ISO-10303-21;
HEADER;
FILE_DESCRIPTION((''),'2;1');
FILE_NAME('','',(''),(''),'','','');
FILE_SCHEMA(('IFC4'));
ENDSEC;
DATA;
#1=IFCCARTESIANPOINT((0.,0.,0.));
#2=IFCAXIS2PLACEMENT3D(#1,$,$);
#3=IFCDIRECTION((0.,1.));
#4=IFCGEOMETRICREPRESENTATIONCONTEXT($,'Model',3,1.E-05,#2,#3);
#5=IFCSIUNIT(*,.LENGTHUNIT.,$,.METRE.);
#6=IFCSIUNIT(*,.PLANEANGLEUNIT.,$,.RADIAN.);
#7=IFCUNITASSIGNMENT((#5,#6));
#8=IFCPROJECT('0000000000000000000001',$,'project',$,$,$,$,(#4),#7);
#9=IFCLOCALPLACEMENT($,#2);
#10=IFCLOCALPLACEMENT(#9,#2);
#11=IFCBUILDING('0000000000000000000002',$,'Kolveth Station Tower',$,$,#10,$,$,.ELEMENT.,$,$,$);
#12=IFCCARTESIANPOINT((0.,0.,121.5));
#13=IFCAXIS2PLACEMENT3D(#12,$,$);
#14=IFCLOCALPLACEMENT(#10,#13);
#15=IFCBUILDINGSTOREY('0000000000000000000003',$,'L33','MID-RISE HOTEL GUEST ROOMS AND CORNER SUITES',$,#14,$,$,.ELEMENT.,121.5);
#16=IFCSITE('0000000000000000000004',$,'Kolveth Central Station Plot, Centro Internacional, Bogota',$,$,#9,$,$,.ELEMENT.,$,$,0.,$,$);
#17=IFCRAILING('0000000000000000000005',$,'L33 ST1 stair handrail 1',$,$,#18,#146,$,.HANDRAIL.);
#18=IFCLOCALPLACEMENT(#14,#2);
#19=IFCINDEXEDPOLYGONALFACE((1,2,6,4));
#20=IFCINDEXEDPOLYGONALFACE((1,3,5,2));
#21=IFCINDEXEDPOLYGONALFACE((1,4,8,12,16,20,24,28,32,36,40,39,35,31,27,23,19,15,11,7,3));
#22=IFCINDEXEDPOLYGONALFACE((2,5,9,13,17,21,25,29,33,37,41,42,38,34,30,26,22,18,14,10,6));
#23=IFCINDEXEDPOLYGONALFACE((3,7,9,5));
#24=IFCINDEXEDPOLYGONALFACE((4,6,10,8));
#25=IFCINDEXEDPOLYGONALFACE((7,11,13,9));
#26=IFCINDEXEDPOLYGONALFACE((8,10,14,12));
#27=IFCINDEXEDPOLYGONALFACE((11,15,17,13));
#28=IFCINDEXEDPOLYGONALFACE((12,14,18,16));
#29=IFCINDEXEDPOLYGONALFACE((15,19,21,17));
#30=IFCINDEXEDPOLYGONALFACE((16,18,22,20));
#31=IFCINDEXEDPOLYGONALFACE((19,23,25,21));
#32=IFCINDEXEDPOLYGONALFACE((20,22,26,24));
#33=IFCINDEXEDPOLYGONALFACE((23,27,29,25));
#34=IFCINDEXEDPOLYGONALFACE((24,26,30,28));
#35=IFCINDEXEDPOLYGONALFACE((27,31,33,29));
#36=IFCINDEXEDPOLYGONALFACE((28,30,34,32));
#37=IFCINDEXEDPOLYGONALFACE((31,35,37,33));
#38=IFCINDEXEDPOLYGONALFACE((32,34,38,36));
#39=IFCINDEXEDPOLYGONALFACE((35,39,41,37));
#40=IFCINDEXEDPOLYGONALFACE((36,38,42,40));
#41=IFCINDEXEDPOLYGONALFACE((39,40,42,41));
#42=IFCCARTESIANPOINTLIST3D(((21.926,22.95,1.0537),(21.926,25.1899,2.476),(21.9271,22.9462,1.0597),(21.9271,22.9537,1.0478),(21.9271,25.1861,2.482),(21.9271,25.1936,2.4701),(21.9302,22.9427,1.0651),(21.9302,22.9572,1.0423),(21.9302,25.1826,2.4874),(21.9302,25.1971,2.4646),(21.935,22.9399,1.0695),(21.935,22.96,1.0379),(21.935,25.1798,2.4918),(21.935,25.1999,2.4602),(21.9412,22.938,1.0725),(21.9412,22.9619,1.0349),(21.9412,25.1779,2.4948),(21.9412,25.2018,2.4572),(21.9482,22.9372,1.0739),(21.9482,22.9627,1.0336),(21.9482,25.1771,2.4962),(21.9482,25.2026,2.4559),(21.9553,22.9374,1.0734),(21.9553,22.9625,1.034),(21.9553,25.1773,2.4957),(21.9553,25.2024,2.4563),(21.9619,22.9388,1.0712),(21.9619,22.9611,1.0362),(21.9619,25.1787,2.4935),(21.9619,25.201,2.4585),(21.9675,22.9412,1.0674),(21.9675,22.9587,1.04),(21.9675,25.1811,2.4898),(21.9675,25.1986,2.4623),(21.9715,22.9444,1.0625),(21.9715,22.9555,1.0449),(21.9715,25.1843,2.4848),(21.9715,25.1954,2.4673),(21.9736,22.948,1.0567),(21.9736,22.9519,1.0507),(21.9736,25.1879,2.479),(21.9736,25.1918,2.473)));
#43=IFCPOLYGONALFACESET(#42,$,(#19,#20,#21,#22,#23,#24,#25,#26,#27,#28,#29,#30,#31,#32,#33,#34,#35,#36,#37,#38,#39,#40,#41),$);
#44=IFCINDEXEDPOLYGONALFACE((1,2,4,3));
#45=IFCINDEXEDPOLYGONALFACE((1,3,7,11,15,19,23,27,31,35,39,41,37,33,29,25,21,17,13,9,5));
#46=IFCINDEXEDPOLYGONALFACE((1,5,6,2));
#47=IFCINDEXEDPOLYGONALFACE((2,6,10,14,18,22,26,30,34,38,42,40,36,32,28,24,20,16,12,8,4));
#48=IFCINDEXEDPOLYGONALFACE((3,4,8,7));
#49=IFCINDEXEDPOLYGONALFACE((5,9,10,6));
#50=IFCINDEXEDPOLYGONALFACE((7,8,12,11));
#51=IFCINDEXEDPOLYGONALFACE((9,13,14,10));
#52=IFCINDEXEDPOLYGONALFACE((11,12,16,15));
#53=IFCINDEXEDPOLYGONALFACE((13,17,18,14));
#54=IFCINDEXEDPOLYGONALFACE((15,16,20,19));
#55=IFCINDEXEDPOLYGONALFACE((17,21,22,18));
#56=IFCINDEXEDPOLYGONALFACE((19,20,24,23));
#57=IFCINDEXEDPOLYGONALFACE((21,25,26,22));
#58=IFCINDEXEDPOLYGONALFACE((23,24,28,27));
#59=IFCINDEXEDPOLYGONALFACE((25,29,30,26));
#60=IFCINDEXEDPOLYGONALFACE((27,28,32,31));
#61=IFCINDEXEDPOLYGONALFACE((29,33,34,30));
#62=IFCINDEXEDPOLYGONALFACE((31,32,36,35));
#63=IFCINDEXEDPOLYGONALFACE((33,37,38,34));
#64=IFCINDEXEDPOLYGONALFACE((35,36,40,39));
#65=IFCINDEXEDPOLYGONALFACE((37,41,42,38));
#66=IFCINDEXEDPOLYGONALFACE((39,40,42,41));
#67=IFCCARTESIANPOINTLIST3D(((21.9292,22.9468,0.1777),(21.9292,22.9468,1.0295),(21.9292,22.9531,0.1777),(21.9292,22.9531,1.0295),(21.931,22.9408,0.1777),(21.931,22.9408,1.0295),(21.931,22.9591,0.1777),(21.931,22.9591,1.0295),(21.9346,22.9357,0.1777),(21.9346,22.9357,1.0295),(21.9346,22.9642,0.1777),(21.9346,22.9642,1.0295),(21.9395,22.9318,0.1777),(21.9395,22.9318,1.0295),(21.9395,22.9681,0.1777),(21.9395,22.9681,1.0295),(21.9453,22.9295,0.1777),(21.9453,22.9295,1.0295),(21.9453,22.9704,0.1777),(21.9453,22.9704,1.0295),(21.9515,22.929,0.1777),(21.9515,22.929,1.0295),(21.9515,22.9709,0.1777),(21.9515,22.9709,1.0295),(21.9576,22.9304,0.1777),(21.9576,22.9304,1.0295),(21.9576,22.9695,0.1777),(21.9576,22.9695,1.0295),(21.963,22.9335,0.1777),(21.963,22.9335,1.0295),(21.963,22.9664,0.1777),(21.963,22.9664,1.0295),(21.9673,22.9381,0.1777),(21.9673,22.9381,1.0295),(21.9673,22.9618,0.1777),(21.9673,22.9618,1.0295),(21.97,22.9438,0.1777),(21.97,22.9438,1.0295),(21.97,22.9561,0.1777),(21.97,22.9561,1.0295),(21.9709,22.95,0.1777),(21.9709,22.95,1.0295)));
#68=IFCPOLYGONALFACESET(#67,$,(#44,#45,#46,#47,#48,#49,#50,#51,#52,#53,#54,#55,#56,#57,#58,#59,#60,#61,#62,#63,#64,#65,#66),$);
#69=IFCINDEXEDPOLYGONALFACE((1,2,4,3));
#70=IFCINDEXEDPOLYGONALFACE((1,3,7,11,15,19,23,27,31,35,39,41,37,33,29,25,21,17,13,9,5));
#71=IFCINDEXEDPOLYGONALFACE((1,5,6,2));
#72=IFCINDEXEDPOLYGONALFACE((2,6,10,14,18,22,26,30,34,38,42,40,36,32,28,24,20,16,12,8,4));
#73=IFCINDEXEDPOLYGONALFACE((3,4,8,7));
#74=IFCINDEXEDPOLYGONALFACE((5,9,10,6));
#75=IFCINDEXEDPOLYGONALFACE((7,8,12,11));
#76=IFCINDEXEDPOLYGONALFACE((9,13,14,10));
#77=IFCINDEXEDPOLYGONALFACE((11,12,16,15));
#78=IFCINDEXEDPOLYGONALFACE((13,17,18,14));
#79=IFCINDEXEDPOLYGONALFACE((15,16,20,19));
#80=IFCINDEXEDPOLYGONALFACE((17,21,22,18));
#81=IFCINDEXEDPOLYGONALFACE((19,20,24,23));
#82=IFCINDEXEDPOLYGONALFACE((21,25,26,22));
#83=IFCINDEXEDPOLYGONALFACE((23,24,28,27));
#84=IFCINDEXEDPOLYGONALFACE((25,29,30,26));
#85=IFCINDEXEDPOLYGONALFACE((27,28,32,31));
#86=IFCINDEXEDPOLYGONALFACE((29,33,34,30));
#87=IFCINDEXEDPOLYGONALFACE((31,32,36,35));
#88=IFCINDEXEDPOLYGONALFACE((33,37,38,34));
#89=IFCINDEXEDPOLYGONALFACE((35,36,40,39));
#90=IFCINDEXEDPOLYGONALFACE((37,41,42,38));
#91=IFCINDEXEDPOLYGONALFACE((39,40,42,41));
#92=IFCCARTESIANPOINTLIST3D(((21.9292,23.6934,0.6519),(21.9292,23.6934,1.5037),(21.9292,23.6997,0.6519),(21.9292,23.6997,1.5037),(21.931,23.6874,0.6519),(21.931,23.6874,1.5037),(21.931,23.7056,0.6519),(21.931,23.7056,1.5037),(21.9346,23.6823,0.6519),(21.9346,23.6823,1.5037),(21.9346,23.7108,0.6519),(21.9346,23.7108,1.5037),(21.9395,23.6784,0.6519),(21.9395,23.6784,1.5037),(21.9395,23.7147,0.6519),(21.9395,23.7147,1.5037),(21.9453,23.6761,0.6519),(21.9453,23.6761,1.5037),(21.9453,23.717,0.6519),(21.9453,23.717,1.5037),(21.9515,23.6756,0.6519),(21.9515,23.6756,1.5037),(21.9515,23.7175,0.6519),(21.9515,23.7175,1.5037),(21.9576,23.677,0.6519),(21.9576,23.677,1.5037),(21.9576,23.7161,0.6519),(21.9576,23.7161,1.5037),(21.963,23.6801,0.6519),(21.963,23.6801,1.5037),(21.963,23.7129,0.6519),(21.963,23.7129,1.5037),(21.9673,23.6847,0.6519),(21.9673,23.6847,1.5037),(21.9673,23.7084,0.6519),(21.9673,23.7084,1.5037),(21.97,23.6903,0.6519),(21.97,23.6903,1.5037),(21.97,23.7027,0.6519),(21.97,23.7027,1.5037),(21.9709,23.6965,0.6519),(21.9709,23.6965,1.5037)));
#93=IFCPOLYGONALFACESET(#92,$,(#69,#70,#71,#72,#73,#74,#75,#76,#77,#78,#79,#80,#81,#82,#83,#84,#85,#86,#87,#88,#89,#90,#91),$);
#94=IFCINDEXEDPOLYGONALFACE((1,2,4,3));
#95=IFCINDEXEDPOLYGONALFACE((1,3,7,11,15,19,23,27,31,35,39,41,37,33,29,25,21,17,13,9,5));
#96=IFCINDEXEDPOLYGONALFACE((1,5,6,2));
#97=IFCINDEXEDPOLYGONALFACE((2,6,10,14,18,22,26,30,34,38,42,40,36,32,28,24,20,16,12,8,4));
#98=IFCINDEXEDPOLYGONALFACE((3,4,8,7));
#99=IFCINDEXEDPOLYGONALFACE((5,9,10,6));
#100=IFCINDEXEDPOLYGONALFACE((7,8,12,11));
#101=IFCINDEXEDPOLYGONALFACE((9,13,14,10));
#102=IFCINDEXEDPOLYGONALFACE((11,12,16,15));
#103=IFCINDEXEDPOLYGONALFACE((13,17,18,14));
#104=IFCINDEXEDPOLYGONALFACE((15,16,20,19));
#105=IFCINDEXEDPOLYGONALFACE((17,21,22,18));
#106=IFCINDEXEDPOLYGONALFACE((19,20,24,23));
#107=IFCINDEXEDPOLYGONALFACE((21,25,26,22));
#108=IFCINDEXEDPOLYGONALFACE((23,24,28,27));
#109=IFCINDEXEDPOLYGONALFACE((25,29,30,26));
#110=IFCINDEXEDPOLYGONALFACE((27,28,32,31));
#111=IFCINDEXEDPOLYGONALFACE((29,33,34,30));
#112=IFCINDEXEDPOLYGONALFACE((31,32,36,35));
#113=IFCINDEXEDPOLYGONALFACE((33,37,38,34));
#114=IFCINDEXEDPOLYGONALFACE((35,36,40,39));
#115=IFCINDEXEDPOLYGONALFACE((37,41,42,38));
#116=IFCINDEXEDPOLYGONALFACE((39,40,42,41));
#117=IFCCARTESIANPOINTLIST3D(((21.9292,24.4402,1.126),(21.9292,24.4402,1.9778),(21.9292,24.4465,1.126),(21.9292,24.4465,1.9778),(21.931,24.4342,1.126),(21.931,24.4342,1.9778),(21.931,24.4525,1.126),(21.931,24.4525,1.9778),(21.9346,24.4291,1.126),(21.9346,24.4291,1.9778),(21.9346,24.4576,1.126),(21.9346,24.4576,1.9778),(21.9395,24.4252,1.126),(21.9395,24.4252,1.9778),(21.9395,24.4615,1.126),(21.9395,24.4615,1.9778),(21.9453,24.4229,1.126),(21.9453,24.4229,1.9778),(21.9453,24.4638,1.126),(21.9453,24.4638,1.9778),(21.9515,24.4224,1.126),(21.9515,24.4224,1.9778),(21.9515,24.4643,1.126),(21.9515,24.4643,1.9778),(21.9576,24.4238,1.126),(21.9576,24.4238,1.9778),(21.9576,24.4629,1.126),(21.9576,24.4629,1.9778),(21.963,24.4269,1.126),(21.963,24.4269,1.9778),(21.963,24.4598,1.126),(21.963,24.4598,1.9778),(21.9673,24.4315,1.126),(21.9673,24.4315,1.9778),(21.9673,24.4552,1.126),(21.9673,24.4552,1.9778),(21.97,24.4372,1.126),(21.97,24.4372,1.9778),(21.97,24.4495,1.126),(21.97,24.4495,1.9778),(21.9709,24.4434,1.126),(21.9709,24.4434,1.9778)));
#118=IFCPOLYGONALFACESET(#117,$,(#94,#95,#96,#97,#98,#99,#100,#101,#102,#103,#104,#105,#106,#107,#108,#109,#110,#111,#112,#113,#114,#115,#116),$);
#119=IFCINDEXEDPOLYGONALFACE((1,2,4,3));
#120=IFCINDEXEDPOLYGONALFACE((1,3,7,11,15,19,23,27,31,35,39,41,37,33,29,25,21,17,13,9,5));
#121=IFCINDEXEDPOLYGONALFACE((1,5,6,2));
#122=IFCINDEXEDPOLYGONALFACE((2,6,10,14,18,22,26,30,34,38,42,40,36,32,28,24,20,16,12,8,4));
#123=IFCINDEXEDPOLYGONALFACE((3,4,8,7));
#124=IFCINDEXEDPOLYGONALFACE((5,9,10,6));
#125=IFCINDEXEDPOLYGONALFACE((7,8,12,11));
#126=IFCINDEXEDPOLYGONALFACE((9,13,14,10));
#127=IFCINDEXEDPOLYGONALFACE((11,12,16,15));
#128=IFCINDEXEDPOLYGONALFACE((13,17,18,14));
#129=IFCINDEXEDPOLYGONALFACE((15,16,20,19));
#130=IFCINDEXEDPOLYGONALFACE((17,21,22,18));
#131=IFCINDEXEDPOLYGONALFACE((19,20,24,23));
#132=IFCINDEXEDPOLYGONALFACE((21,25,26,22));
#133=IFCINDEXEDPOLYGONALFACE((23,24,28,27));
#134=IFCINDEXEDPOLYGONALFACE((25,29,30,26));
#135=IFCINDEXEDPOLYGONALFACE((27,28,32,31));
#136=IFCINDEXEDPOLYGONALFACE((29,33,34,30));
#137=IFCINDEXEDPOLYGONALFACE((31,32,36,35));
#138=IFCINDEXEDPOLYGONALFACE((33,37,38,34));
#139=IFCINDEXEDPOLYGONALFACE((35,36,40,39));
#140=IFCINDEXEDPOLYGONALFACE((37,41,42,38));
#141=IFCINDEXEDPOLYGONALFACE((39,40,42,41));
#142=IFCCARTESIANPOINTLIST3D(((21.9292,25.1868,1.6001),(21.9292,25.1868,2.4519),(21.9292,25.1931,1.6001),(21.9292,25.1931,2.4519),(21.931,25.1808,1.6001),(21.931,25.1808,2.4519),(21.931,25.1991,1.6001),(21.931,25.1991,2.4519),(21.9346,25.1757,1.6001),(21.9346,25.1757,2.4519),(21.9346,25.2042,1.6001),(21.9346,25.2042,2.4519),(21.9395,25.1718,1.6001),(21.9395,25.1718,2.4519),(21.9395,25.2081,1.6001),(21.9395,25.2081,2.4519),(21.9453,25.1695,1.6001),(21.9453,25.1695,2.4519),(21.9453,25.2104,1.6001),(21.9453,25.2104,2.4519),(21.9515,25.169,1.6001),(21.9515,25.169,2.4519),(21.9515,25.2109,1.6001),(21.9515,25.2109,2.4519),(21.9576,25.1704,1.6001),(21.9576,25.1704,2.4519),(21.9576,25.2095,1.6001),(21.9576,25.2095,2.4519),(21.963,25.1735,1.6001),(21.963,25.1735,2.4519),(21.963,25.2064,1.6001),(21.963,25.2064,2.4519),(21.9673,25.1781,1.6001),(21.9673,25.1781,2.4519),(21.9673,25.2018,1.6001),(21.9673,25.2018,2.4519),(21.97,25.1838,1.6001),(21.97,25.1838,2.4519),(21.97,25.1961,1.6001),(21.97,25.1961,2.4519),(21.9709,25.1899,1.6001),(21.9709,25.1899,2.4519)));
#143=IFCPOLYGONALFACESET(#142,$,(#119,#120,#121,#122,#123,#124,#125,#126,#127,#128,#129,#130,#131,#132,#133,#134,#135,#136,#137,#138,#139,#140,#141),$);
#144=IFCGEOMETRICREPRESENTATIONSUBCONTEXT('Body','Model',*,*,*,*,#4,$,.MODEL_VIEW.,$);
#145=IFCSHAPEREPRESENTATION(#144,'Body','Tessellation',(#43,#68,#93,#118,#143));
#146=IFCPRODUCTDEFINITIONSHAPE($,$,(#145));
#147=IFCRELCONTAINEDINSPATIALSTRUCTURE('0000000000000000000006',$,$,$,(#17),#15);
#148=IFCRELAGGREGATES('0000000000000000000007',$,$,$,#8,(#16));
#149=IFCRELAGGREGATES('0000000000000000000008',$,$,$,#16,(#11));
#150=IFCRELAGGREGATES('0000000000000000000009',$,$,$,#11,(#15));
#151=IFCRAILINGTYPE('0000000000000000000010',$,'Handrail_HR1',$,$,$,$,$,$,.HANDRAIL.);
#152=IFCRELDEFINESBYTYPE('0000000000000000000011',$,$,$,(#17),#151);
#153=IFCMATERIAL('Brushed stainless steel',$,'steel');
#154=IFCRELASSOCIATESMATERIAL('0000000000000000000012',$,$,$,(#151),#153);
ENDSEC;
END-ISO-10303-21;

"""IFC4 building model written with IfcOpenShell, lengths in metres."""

from ifc_helpers import new_model, si_unit, direction, frame, origin, origin_2d, place, context, subcontext, project, spatial, circle, extrude, material, type_object, element, save


model = new_model("IFC4")

# Units and contexts
model_context = context("Model", 3, precision=1e-05, world=origin(), true_north=direction((0.0, 1.0)))
body_context = subcontext(model_context, "Body", "Model", "MODEL_VIEW")
ifc_project = project(units=[si_unit("LENGTHUNIT", "METRE"), si_unit("PLANEANGLEUNIT", "RADIAN")], contexts=[model_context])

# Site, building, storey
site_placement = place(None, origin())
site = spatial("IfcSite", under=ifc_project, at=site_placement, Name="Kolveth Central Station Plot, Centro Internacional, Bogota", CompositionType="ELEMENT", RefElevation=0.0)
building_placement = place(site_placement, origin())
building = spatial("IfcBuilding", under=site, at=building_placement, Name="Kolveth Station Tower", CompositionType="ELEMENT")
storey_placement = place(building_placement, frame((0.0, 0.0, 121.5)))
storey = spatial("IfcBuildingStorey", under=building, at=storey_placement, Name="L33", Description="MID-RISE HOTEL GUEST ROOMS AND CORNER SUITES", CompositionType="ELEMENT", Elevation=121.5)

# Railing
ifc_material_1 = material(Name="Brushed stainless steel", Category="steel")
railing_type_1 = type_object("IfcRailingType", Name="Handrail_HR1", PredefinedType="HANDRAIL", material=ifc_material_1)
railing_1_placement = place(storey_placement, frame((21.95, 22.95, 0.1777)))
element("IfcRailing", 1, at=railing_1_placement, inside=storey, type_object=railing_type_1, Name="L33 ST1 stair handrail 1", PredefinedType="HANDRAIL", context=body_context, shape_type="SweptSolid", body=[
    extrude(circle(Radius=0.0239, at=origin_2d()), frame((0.0, 0.0, 0.876), z_axis=(0.0, 0.844188, 0.536048), x_axis=(-1.0, 0.0, 0.0)), (0.0, 0.0, 1.0), 2.6533),
    extrude(circle(Radius=0.021, at=origin_2d()), origin(), (0.0, 0.0, 1.0), 0.8518),
    extrude(circle(Radius=0.021, at=origin_2d()), frame((0.0, 0.7466, 0.4741)), (0.0, 0.0, 1.0), 0.8518),
    extrude(circle(Radius=0.021, at=origin_2d()), frame((0.0, 1.4934, 0.9482)), (0.0, 0.0, 1.0), 0.8518),
    extrude(circle(Radius=0.021, at=origin_2d()), frame((0.0, 2.24, 1.4224)), (0.0, 0.0, 1.0), 0.8518),
])

save(model, "model.ifc")
